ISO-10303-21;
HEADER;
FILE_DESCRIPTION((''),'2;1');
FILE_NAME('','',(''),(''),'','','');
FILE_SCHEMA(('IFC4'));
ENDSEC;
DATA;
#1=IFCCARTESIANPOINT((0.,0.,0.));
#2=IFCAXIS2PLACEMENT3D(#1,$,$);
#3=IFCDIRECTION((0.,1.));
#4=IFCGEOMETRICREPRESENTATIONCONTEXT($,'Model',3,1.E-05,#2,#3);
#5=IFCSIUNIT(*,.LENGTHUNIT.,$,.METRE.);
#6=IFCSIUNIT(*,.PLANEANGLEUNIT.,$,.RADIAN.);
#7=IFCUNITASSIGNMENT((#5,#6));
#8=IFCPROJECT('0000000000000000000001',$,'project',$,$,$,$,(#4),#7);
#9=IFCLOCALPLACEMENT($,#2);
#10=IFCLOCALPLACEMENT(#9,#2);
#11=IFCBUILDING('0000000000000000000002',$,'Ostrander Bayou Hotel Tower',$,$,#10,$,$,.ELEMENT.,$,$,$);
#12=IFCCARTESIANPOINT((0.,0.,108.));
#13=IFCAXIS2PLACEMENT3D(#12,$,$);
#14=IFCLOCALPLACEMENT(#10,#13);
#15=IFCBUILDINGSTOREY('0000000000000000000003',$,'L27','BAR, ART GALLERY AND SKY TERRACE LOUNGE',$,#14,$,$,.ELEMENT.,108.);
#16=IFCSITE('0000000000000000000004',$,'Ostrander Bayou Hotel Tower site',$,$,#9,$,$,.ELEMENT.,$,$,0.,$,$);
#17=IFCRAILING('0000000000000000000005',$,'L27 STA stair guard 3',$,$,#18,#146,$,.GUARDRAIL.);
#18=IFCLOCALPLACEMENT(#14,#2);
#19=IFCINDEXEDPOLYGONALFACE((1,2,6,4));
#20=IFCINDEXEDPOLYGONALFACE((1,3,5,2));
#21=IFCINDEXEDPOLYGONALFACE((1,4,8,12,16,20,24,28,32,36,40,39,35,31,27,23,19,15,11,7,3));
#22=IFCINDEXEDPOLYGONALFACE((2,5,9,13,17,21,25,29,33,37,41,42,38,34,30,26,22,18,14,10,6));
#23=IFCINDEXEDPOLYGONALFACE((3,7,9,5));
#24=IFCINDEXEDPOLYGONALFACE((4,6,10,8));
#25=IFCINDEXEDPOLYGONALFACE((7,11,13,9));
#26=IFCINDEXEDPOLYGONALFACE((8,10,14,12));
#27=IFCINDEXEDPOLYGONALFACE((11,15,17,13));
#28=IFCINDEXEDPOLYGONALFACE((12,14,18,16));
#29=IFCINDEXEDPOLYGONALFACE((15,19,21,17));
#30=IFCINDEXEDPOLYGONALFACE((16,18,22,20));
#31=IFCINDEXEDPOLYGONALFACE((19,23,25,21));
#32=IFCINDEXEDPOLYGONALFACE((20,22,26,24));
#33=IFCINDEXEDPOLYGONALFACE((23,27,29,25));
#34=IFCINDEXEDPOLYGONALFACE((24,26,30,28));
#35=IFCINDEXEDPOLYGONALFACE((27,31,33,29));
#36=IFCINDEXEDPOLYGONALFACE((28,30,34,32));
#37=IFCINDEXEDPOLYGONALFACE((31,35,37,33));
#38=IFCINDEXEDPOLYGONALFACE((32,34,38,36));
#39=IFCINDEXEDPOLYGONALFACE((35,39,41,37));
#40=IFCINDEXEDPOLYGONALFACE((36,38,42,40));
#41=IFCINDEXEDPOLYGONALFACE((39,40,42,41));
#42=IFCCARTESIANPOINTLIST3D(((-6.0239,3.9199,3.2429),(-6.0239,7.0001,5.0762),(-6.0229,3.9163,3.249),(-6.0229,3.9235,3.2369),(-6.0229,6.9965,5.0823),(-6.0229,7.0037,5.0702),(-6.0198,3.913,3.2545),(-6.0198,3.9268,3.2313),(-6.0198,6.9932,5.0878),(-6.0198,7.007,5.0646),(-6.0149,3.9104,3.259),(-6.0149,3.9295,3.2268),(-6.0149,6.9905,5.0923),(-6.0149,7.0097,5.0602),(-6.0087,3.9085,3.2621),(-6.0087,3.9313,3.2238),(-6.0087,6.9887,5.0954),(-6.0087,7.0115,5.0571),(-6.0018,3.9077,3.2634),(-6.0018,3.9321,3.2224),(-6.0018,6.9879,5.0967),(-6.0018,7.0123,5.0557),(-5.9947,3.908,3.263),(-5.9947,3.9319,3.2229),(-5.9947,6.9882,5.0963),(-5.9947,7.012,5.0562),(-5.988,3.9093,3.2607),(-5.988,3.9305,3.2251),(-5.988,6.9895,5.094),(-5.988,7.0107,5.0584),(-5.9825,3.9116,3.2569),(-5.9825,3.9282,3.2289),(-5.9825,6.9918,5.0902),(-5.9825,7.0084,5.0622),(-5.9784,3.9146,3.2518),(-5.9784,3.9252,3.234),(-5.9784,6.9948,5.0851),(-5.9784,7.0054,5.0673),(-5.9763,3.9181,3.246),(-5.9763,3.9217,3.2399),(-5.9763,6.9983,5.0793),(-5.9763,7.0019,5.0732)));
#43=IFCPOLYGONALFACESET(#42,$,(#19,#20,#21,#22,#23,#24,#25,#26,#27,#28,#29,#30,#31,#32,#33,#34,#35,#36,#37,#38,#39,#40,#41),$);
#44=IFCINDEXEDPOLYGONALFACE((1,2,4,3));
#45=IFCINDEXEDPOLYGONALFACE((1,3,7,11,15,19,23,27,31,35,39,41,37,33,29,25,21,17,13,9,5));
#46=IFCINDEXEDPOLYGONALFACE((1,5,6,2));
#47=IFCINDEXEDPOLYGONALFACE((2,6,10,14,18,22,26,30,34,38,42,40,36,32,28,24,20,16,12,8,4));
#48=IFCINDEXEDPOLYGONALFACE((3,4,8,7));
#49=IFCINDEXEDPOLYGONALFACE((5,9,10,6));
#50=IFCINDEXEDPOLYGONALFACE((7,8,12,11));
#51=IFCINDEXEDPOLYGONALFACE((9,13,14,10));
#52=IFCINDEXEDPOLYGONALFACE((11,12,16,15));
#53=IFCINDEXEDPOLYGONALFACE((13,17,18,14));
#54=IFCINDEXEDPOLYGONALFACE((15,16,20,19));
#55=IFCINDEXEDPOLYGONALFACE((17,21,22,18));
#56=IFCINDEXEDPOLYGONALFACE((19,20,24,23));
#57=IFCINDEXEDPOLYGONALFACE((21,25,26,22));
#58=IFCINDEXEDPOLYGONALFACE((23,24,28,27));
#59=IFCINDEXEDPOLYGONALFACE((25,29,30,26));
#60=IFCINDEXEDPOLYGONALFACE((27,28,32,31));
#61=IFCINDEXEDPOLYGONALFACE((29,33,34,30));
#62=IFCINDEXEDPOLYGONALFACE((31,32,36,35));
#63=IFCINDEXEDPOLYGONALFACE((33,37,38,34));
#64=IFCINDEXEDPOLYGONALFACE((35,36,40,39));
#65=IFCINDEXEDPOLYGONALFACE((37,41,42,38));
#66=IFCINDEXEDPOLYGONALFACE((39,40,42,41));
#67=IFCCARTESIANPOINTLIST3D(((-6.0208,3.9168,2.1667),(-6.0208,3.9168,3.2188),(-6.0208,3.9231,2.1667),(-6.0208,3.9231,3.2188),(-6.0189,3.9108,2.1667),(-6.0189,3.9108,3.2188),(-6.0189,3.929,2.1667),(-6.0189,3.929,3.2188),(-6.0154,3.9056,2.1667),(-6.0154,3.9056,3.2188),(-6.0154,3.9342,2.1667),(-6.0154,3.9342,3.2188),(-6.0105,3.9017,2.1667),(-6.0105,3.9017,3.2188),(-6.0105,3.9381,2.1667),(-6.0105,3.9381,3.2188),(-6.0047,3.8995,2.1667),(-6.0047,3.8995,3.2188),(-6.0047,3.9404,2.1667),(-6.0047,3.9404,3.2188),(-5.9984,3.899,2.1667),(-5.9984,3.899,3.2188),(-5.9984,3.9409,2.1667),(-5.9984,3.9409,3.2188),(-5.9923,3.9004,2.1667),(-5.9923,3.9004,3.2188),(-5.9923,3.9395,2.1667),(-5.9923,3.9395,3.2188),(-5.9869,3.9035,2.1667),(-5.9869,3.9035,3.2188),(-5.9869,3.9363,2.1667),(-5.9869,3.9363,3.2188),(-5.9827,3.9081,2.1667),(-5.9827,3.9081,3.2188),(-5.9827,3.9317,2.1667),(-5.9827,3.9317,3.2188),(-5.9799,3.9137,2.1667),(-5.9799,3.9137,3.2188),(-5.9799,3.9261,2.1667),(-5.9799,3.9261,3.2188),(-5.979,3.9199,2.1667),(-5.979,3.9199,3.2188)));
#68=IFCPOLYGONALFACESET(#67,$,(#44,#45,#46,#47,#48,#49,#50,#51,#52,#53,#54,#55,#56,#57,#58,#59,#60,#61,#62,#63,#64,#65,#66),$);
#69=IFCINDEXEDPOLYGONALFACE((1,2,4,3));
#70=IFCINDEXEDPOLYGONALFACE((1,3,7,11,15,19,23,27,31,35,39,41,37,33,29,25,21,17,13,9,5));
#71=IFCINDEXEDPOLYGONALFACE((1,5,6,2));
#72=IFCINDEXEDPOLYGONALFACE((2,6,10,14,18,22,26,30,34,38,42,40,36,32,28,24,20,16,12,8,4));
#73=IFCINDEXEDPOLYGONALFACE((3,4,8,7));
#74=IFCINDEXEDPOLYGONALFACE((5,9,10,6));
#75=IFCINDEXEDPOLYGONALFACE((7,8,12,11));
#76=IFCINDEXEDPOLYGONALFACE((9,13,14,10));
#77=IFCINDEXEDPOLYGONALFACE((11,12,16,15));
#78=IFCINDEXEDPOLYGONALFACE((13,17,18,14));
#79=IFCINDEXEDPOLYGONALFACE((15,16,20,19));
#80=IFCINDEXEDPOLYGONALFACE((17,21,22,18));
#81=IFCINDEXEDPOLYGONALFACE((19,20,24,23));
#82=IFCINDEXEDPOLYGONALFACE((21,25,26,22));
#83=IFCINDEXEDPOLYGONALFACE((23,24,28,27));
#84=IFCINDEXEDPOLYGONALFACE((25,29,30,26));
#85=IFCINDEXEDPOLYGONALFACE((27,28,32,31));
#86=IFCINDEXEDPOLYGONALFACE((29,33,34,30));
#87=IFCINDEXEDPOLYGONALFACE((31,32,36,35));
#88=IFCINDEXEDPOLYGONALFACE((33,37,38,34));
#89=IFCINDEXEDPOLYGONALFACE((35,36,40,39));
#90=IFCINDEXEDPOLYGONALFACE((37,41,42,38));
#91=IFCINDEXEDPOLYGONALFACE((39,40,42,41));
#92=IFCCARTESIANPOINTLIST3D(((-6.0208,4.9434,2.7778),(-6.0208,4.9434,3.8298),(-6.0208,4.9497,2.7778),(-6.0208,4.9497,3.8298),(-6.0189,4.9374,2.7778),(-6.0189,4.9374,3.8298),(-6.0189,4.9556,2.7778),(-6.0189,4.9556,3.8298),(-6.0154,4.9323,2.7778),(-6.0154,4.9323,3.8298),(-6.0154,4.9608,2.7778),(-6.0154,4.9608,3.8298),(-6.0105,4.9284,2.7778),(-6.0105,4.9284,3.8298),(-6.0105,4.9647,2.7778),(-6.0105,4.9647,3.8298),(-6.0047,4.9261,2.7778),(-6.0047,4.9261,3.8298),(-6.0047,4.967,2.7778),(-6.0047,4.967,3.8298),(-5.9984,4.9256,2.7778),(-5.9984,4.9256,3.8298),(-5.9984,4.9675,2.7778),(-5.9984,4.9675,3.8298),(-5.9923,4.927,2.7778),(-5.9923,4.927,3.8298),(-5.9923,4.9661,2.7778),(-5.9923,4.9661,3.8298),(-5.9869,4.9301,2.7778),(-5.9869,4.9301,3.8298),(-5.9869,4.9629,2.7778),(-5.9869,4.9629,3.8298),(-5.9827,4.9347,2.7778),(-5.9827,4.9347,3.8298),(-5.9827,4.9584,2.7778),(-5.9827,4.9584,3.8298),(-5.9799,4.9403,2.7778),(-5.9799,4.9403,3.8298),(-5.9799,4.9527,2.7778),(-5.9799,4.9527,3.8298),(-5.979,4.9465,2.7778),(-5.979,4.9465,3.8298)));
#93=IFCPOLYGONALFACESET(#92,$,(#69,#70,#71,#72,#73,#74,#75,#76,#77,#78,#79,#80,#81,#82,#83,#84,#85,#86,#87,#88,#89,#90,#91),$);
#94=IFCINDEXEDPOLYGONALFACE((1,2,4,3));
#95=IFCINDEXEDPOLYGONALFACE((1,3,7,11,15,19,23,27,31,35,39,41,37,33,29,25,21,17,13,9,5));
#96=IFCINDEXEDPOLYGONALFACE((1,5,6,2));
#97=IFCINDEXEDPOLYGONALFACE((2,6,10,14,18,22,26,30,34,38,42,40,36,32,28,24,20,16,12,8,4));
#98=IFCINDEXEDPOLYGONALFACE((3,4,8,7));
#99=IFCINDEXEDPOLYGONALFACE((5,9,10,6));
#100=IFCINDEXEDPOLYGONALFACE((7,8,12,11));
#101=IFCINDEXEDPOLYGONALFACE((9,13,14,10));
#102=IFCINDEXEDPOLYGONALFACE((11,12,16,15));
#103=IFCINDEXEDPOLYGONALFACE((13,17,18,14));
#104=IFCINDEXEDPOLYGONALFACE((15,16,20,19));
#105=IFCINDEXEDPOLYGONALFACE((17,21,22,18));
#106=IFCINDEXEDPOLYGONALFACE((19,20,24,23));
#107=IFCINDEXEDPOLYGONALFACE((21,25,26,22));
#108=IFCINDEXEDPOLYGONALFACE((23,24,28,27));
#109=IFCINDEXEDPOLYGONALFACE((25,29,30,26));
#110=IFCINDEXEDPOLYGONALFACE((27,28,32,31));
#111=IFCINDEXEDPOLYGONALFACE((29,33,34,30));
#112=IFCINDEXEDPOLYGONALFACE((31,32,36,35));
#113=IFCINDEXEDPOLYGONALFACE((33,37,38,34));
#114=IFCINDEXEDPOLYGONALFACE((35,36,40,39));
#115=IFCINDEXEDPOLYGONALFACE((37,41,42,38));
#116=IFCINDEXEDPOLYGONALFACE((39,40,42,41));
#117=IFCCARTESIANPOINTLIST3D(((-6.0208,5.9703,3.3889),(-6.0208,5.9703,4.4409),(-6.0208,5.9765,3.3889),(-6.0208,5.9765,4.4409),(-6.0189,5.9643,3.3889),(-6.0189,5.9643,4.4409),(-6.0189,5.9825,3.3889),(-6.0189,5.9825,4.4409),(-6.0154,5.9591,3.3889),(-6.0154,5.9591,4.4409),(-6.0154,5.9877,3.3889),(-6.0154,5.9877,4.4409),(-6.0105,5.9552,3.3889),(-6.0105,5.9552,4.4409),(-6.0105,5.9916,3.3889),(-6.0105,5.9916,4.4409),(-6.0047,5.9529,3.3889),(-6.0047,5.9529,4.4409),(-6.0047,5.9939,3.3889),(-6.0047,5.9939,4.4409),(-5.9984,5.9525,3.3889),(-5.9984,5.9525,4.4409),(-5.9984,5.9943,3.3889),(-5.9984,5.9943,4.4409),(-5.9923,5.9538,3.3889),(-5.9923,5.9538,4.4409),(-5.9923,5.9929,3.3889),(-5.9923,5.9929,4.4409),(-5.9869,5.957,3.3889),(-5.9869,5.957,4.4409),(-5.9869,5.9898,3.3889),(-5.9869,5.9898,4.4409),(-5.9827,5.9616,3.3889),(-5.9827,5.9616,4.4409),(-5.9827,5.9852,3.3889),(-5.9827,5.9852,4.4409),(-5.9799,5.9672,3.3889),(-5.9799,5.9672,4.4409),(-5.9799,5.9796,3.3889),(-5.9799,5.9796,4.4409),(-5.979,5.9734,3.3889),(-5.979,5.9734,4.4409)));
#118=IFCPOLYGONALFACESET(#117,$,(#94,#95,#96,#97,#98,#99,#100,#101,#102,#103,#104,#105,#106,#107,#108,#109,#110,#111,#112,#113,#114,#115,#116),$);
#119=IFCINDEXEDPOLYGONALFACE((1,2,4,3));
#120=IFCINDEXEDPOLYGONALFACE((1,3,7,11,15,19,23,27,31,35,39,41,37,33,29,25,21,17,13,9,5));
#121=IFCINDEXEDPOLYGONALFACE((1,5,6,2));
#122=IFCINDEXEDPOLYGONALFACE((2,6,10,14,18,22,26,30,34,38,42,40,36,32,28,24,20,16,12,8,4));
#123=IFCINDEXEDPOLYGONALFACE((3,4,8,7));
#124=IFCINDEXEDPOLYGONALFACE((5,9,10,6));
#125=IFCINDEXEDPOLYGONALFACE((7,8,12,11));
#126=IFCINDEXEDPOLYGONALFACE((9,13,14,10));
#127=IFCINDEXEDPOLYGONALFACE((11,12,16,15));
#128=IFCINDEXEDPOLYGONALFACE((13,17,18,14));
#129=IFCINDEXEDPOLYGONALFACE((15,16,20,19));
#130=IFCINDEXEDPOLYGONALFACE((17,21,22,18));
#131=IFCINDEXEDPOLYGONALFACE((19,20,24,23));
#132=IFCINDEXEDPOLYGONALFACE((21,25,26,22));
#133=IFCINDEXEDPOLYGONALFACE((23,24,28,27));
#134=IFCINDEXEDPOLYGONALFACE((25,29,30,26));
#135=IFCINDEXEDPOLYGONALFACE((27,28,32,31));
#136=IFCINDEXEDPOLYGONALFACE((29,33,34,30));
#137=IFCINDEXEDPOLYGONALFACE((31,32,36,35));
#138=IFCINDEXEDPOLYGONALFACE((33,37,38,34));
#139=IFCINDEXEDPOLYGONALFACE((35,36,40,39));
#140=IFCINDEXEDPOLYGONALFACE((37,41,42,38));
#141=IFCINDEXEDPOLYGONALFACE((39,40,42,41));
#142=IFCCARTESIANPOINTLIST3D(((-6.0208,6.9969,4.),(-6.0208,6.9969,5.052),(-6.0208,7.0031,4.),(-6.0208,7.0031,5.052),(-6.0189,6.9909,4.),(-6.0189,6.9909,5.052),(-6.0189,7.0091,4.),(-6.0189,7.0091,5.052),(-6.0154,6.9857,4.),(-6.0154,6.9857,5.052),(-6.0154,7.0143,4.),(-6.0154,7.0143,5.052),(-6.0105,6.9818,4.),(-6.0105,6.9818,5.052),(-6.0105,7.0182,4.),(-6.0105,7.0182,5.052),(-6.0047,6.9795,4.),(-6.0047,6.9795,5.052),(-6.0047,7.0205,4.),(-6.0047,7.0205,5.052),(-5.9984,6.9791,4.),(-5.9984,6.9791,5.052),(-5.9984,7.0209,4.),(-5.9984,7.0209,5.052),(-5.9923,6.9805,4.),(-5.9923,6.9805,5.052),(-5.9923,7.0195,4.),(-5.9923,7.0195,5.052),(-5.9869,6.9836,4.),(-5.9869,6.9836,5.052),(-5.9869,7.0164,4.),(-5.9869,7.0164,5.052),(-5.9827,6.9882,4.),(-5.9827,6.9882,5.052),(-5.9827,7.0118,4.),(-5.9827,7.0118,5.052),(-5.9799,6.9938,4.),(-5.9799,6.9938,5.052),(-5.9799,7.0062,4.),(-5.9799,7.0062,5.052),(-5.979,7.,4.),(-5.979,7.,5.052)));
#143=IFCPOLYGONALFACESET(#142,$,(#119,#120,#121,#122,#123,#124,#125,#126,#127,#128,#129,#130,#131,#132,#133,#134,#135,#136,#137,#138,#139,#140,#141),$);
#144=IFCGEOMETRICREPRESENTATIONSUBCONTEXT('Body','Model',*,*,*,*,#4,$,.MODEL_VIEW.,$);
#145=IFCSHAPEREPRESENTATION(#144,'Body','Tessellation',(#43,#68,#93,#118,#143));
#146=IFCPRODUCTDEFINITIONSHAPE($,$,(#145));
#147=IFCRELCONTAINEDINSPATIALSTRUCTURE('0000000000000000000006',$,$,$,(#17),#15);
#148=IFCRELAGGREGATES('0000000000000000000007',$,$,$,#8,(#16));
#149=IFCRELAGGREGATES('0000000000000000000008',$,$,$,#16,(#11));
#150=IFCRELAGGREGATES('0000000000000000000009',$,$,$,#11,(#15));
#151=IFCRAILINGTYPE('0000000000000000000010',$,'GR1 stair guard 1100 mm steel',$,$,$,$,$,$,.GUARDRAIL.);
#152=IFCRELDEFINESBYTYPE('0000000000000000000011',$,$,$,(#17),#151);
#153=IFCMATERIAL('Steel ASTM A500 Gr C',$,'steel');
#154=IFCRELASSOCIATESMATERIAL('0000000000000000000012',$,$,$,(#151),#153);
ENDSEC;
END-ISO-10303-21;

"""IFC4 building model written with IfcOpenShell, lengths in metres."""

from ifc_helpers import new_model, si_unit, direction, frame, origin, origin_2d, place, context, subcontext, project, spatial, circle, extrude, material, type_object, element, save


model = new_model("IFC4")

# Units and contexts
model_context = context("Model", 3, precision=1e-05, world=origin(), true_north=direction((0.0, 1.0)))
body_context = subcontext(model_context, "Body", "Model", "MODEL_VIEW")
ifc_project = project(units=[si_unit("LENGTHUNIT", "METRE"), si_unit("PLANEANGLEUNIT", "RADIAN")], contexts=[model_context])

# Site, building, storey
site_placement = place(None, origin())
site = spatial("IfcSite", under=ifc_project, at=site_placement, Name="Ostrander Bayou Hotel Tower site", CompositionType="ELEMENT", RefElevation=0.0)
building_placement = place(site_placement, origin())
building = spatial("IfcBuilding", under=site, at=building_placement, Name="Ostrander Bayou Hotel Tower", CompositionType="ELEMENT")
storey_placement = place(building_placement, frame((0.0, 0.0, 108.0)))
storey = spatial("IfcBuildingStorey", under=building, at=storey_placement, Name="L27", Description="BAR, ART GALLERY AND SKY TERRACE LOUNGE", CompositionType="ELEMENT", Elevation=108.0)

# Railing
ifc_material_1 = material(Name="Steel ASTM A500 Gr C", Category="steel")
railing_type_1 = type_object("IfcRailingType", Name="GR1 stair guard 1100 mm steel", PredefinedType="GUARDRAIL", material=ifc_material_1)
railing_1_placement = place(storey_placement, frame((-6.0, 3.9199, 2.1667)))
element("IfcRailing", 1, at=railing_1_placement, inside=storey, type_object=railing_type_1, Name="L27 STA stair guard 3", PredefinedType="GUARDRAIL", context=body_context, shape_type="SweptSolid", body=[
    extrude(circle(Radius=0.0239, at=origin_2d()), frame((0.0, 0.0, 1.0762), z_axis=(0.0, 0.859309, 0.511458), x_axis=(-1.0, 0.0, 0.0)), (0.0, 0.0, 1.0), 3.5845),
    extrude(circle(Radius=0.021, at=origin_2d()), origin(), (0.0, 0.0, 1.0), 1.052),
    extrude(circle(Radius=0.021, at=origin_2d()), frame((0.0, 1.0266, 0.6111)), (0.0, 0.0, 1.0), 1.052),
    extrude(circle(Radius=0.021, at=origin_2d()), frame((0.0, 2.0535, 1.2222)), (0.0, 0.0, 1.0), 1.052),
    extrude(circle(Radius=0.021, at=origin_2d()), frame((0.0, 3.0801, 1.8333)), (0.0, 0.0, 1.0), 1.052),
])

save(model, "model.ifc")
